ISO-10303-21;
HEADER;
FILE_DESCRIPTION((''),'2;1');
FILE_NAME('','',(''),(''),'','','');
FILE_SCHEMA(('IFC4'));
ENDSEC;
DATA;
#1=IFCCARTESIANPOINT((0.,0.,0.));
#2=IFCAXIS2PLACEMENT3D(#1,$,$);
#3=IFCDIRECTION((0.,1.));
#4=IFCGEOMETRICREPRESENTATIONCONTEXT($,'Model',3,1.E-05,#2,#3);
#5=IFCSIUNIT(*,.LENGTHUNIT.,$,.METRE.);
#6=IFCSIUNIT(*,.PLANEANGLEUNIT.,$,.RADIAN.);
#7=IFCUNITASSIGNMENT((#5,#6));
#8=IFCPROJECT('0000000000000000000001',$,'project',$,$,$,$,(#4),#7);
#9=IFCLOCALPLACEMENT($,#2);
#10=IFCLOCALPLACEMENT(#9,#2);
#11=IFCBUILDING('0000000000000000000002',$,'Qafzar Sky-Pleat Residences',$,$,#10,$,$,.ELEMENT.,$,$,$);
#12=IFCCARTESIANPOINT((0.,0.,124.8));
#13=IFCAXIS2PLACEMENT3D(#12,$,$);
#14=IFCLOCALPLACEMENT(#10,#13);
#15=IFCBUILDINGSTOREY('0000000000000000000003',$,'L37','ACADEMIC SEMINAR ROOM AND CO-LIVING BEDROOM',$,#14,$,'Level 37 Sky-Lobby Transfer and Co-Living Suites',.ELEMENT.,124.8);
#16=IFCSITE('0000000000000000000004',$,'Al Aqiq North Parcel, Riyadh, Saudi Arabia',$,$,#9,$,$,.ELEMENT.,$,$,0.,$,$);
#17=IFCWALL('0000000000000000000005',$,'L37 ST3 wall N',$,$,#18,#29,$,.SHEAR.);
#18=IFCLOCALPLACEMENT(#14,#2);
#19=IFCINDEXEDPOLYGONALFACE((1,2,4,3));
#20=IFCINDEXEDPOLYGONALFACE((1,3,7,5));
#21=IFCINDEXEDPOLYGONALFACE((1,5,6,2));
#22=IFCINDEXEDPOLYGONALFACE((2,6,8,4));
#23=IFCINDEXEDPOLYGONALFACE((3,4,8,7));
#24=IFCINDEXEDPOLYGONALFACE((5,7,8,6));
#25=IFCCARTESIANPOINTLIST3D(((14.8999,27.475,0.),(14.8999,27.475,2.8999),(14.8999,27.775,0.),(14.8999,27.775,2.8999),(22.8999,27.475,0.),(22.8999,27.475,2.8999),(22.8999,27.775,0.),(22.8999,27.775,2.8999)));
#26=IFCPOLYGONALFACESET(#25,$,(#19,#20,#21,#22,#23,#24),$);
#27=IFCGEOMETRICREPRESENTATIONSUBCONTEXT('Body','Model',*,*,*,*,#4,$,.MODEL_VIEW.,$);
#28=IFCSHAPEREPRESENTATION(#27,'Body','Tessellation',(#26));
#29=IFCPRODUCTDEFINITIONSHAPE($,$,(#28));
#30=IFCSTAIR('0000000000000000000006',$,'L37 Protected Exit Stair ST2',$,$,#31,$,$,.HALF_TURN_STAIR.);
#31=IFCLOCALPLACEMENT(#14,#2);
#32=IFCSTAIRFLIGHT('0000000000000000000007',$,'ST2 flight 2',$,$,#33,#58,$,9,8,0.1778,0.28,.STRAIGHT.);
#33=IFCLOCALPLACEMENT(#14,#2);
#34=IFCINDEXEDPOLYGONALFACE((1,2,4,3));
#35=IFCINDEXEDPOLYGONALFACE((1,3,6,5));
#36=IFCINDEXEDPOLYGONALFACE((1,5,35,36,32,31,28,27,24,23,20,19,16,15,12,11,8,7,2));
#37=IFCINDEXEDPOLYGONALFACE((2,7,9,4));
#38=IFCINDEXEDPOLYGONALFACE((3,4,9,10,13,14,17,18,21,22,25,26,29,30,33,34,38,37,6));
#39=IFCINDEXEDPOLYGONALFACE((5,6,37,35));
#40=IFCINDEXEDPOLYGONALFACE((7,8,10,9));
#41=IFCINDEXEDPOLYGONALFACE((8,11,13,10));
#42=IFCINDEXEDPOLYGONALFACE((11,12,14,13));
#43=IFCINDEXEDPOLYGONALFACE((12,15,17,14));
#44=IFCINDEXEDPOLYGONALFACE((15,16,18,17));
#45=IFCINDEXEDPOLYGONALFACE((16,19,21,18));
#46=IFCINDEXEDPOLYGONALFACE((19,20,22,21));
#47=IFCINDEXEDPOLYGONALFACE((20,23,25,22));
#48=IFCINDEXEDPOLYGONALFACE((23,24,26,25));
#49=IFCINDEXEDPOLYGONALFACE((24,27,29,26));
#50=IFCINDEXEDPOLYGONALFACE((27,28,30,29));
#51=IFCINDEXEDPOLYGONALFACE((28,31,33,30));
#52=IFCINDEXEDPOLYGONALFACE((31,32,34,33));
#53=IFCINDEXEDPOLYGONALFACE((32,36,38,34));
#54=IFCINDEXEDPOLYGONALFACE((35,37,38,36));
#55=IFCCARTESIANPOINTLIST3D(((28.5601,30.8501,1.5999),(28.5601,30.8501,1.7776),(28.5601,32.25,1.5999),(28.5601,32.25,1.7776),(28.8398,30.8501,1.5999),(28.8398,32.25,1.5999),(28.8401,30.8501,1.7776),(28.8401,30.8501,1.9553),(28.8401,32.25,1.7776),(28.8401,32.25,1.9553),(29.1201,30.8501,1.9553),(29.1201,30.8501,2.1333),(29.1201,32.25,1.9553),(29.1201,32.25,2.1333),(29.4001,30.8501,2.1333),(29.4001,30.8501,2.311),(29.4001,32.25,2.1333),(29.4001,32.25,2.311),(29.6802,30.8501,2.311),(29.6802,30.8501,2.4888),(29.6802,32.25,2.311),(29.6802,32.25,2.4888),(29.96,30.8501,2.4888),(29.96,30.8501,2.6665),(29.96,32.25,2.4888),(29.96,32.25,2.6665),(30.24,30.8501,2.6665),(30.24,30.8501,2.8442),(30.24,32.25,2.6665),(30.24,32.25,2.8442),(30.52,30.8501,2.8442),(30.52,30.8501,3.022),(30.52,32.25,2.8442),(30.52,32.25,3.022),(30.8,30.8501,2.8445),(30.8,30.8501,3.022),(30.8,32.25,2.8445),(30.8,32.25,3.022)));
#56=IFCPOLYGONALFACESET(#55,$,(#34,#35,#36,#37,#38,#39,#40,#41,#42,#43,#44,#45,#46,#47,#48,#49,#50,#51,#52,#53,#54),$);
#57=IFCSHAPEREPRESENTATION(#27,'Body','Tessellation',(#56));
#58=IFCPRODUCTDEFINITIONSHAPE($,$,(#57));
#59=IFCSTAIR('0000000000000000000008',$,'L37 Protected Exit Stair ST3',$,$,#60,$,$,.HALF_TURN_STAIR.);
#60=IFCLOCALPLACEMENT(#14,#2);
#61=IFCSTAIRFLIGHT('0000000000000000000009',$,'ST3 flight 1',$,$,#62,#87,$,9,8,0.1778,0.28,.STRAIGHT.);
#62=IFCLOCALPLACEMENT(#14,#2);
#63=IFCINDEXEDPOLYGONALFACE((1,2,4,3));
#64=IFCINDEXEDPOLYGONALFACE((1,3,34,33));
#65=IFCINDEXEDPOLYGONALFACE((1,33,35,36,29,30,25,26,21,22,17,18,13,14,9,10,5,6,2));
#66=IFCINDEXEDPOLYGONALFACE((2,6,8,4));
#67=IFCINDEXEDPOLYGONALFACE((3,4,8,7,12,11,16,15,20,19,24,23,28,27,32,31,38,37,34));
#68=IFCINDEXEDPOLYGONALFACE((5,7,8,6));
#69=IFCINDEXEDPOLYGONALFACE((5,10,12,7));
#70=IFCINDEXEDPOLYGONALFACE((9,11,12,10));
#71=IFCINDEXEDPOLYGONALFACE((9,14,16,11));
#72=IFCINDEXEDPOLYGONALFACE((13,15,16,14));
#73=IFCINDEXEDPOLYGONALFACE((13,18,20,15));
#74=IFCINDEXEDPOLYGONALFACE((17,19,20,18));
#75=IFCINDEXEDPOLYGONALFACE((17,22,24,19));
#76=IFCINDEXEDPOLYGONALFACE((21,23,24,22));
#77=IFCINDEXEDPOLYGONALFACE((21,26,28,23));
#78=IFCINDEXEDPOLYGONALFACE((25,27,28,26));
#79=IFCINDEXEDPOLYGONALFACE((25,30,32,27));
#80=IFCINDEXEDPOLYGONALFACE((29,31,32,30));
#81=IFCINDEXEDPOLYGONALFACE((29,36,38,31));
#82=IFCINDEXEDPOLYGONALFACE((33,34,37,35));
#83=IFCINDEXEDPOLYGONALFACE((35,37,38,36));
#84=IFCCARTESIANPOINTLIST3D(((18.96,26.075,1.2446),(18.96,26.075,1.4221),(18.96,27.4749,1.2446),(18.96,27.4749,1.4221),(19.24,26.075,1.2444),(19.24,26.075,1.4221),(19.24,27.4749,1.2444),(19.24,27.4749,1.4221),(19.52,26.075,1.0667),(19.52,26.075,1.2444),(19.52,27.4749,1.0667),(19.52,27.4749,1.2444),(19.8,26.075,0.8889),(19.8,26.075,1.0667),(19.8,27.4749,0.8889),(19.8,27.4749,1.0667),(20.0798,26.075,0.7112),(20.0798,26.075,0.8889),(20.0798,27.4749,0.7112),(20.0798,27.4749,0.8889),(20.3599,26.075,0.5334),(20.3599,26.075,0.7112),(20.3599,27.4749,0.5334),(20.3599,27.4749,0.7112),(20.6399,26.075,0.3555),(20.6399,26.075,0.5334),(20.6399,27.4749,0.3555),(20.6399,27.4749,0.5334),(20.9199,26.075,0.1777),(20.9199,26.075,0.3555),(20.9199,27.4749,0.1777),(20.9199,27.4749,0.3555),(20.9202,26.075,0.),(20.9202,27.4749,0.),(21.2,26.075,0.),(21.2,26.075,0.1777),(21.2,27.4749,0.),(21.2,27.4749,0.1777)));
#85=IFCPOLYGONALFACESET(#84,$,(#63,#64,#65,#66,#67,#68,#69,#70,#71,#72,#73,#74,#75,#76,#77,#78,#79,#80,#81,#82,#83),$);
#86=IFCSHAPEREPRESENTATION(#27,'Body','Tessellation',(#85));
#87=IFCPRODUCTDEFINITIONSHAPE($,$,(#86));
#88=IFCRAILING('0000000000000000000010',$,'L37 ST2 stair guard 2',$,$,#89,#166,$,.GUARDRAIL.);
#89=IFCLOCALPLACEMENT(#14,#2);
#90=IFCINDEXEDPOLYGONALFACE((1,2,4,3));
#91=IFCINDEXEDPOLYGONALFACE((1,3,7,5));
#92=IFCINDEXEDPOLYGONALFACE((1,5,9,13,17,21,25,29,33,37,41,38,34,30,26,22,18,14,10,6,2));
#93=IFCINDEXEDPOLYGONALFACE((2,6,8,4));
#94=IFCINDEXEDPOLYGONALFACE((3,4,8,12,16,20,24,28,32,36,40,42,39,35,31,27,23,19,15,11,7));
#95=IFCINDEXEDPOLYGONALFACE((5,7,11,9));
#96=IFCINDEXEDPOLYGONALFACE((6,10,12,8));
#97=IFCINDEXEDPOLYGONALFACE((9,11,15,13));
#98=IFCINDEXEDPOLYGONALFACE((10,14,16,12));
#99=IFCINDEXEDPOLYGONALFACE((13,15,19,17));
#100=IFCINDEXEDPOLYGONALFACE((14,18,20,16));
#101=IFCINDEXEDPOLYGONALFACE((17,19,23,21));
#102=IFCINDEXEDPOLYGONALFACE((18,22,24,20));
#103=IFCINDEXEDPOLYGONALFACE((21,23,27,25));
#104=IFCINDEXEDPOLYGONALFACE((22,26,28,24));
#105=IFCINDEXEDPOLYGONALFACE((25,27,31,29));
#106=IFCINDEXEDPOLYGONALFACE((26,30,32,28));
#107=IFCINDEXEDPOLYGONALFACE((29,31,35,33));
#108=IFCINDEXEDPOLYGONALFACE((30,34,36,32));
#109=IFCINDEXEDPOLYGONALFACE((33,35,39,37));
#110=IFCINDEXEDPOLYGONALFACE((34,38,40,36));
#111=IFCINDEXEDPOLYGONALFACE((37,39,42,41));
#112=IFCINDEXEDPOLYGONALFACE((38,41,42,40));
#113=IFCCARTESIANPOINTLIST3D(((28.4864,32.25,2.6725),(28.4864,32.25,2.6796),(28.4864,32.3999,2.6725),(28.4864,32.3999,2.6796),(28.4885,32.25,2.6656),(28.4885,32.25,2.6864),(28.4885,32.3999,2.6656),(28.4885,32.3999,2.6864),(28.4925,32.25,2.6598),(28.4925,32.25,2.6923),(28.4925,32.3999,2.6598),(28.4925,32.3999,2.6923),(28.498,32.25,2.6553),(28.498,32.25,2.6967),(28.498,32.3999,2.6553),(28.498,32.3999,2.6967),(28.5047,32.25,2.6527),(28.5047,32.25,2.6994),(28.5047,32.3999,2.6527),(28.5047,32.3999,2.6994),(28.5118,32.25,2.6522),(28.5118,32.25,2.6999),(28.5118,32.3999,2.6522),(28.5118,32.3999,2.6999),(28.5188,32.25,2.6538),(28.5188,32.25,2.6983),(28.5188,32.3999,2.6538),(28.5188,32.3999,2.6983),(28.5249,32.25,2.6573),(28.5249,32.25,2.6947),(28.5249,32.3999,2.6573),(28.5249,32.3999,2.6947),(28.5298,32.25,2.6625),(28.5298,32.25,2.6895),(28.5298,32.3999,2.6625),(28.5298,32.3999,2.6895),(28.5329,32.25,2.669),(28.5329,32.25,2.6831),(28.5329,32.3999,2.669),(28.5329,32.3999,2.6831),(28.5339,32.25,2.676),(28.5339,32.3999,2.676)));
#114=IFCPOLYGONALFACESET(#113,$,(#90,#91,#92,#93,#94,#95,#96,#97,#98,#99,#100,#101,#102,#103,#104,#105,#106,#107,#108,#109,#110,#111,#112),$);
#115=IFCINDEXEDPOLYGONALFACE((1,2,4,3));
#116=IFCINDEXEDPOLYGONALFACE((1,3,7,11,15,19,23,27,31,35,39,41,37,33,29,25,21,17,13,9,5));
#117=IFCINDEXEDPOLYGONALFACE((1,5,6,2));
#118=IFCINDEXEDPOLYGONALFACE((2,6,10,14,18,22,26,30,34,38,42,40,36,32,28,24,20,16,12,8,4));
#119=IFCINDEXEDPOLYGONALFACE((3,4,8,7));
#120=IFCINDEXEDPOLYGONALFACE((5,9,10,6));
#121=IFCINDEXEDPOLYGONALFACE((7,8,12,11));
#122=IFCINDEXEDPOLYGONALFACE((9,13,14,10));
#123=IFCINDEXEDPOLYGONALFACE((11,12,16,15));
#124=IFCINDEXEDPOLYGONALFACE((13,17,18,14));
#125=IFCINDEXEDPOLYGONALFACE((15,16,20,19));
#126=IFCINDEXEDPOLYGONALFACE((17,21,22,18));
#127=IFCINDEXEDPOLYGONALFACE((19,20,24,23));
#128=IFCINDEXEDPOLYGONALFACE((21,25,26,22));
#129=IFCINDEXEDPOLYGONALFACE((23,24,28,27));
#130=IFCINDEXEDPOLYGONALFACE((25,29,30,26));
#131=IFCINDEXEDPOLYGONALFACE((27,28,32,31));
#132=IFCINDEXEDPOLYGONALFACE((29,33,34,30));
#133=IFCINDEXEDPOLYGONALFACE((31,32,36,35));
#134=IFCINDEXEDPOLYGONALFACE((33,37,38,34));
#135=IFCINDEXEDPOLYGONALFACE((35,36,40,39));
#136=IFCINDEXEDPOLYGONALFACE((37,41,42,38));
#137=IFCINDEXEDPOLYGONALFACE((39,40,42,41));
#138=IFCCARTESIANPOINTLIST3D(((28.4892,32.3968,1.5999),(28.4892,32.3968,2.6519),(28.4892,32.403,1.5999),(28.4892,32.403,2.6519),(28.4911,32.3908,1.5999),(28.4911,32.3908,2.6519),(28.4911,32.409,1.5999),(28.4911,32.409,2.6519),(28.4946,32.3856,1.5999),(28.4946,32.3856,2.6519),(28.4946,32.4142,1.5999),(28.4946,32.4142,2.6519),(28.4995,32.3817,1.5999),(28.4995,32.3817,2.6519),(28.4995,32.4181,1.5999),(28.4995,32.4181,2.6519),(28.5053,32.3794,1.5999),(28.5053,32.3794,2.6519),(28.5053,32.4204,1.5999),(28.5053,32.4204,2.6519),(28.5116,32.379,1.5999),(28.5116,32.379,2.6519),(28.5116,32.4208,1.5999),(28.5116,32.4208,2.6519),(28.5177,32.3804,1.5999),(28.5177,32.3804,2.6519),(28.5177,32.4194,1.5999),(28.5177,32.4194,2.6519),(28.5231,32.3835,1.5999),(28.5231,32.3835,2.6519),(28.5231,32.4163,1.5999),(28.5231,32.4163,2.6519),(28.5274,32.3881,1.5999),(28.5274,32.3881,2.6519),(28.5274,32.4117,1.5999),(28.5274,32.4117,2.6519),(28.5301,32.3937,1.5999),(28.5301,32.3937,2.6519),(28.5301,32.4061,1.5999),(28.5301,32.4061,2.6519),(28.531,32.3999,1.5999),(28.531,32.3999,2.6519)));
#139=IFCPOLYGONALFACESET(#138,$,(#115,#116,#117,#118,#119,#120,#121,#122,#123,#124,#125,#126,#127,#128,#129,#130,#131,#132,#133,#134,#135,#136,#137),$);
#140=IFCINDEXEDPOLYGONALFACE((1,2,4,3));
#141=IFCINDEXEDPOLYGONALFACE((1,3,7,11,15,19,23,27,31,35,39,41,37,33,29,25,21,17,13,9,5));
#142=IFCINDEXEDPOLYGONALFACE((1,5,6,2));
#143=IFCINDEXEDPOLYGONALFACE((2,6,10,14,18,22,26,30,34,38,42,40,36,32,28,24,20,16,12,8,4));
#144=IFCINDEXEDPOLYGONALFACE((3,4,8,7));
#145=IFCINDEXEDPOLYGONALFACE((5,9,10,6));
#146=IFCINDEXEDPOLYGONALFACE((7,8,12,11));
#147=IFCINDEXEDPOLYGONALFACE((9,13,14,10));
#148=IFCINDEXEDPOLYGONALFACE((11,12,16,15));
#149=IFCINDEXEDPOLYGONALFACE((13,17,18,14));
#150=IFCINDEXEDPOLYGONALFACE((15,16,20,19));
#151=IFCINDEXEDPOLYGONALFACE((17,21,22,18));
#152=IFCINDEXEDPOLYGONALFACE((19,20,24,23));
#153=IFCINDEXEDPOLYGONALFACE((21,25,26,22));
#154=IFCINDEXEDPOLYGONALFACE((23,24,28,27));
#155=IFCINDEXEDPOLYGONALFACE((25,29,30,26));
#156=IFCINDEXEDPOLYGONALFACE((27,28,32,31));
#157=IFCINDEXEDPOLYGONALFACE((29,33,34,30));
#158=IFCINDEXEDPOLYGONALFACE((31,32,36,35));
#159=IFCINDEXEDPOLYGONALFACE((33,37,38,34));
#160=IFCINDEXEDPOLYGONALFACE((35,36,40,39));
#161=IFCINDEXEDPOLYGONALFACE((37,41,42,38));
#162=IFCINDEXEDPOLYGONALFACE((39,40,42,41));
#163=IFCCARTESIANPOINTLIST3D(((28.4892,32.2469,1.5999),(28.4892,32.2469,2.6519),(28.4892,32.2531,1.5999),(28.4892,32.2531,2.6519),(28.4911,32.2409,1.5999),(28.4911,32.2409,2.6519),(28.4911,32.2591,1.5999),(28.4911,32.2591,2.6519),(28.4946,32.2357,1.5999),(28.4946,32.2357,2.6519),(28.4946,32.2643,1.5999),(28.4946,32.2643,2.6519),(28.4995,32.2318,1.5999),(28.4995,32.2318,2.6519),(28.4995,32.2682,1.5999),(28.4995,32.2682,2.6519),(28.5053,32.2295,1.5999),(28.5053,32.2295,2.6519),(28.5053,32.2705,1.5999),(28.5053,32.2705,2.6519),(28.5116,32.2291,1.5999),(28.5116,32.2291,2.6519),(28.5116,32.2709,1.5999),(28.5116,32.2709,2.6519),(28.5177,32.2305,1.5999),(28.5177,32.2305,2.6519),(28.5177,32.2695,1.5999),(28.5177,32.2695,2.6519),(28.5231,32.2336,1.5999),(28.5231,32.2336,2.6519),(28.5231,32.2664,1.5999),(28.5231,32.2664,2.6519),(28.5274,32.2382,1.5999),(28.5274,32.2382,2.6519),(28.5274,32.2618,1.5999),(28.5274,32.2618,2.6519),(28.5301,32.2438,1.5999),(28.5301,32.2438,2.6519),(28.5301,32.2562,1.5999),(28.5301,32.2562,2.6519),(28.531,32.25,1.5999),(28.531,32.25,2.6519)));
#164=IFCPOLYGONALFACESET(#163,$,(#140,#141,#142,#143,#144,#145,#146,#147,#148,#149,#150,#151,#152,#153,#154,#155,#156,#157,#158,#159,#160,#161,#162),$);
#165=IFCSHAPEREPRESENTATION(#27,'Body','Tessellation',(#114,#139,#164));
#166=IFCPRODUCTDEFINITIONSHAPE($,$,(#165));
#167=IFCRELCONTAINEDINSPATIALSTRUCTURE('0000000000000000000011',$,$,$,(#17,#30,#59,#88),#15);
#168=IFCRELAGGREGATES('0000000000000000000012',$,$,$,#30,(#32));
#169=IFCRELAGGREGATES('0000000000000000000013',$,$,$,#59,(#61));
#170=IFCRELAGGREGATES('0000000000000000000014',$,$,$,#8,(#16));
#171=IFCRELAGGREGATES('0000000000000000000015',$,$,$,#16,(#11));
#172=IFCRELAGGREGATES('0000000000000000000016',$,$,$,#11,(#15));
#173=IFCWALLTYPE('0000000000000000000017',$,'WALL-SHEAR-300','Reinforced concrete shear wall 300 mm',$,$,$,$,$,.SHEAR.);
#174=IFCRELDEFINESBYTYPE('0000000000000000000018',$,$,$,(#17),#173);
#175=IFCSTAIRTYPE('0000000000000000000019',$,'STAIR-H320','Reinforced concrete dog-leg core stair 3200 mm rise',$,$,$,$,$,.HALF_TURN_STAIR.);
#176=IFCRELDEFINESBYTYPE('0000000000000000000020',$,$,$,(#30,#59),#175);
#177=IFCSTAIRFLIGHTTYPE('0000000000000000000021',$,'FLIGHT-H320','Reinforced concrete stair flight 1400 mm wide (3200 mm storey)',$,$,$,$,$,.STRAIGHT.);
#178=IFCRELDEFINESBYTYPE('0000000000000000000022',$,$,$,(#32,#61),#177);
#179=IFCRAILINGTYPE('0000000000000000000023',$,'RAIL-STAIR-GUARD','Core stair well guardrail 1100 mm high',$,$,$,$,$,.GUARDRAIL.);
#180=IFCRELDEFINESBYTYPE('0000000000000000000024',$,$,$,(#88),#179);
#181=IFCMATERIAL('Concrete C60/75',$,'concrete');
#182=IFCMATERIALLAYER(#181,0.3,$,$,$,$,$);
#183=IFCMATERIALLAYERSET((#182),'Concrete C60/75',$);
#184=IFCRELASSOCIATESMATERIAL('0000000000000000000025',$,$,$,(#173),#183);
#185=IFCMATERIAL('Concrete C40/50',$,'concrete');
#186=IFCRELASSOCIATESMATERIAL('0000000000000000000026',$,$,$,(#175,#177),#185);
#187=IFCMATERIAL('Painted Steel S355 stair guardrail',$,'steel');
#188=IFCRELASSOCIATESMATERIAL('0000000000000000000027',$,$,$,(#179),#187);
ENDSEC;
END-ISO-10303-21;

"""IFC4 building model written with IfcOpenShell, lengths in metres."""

from ifc_helpers import new_model, si_unit, direction, frame, frame_2d, origin, origin_2d, place, context, subcontext, project, spatial, polyline, rectangle, circle, outline, extrude, source, transform, mapped, material, layer, layer_set, type_object, element, aggregate, save


model = new_model("IFC4")

# Units and contexts
model_context = context("Model", 3, precision=1e-05, world=origin(), true_north=direction((0.0, 1.0)))
body_context = subcontext(model_context, "Body", "Model", "MODEL_VIEW")
ifc_project = project(units=[si_unit("LENGTHUNIT", "METRE"), si_unit("PLANEANGLEUNIT", "RADIAN")], contexts=[model_context])

# Site, building, storey
site_placement = place(None, origin())
site = spatial("IfcSite", under=ifc_project, at=site_placement, Name="Al Aqiq North Parcel, Riyadh, Saudi Arabia", CompositionType="ELEMENT", RefElevation=0.0)
building_placement = place(site_placement, origin())
building = spatial("IfcBuilding", under=site, at=building_placement, Name="Qafzar Sky-Pleat Residences", CompositionType="ELEMENT")
storey_placement = place(building_placement, frame((0.0, 0.0, 124.8)))
storey = spatial("IfcBuildingStorey", under=building, at=storey_placement, Name="L37", Description="ACADEMIC SEMINAR ROOM AND CO-LIVING BEDROOM", LongName="Level 37 Sky-Lobby Transfer and Co-Living Suites", CompositionType="ELEMENT", Elevation=124.8)

# Shared definitions
ifc_material_1 = material(Name="Concrete C60/75", Category="concrete")
ifc_layer_1 = layer(ifc_material_1, 0.3)
ifc_layer_set_1 = layer_set([ifc_layer_1], Name="Concrete C60/75")
wall_type_1 = type_object("IfcWallType", Name="WALL-SHEAR-300", Description="Reinforced concrete shear wall 300 mm", PredefinedType="SHEAR", material=ifc_layer_set_1)

# Wall
wall_1_placement = place(storey_placement, frame((22.8999, 27.625, 0.0), z_axis=(0.0, 0.0, 1.0), x_axis=(-1.0, 0.0, 0.0)))
element("IfcWall", 1, at=wall_1_placement, inside=storey, type_object=wall_type_1, Name="L37 ST3 wall N", PredefinedType="SHEAR", context=body_context, shape_type="SweptSolid", body=[
    extrude(rectangle(XDim=8.0, YDim=0.3, at=frame_2d((4.0, 0.0))), origin(), (0.0, 0.0, 1.0), 2.8999),
])

# Stairs, stair flights
ifc_material_2 = material(Name="Concrete C40/50", Category="concrete")
stair_type = type_object("IfcStairType", Name="STAIR-H320", Description="Reinforced concrete dog-leg core stair 3200 mm rise", PredefinedType="HALF_TURN_STAIR", material=ifc_material_2)
stair_1_placement = place(storey_placement, origin())
stair_1 = element("IfcStair", 2, at=stair_1_placement, inside=storey, type_object=stair_type, Name="L37 Protected Exit Stair ST2", PredefinedType="HALF_TURN_STAIR")
stair_flight_type = type_object("IfcStairFlightType", Name="FLIGHT-H320", Description="Reinforced concrete stair flight 1400 mm wide (3200 mm storey)", PredefinedType="STRAIGHT", material=ifc_material_2)
shared_shape_1 = source(origin(), body_context, "Body", "SweptSolid", [
    extrude(outline(polyline([(0.0, 0.0), (0.0, 0.1777), (0.28, 0.1777), (0.28, 0.3555), (0.5601, 0.3555), (0.5601, 0.5334), (0.8401, 0.5334), (0.8401, 0.7112), (1.1201, 0.7112), (1.1201, 0.8889), (1.3999, 0.8889), (1.3999, 1.0667), (1.6799, 1.0667), (1.6799, 1.2444), (1.96, 1.2444), (1.96, 1.4221), (2.24, 1.4221), (2.24, 1.6001), (2.24, 1.2446), (0.2798, 0.0), (0.0, 0.0)])), frame((0.0, 0.7, 0.0), z_axis=(0.0, -1.0, 0.0), x_axis=(1.0, 0.0, 0.0)), (0.0, 0.0, 1.0), 1.3999),
])
stair_flight_1_placement = place(storey_placement, frame((28.5601, 31.55, 1.5999), z_axis=(0.0, 0.0, 1.0), x_axis=(1.0, 0.0, 0.0)))
stair_flight_1 = element("IfcStairFlight", 3, at=stair_flight_1_placement, type_object=stair_flight_type, Name="ST2 flight 2", NumberOfRisers=9, NumberOfTreads=8, PredefinedType="STRAIGHT", RiserHeight=0.1778, TreadLength=0.28, context=body_context, shape_type="MappedRepresentation", body=[
    mapped(shared_shape_1, transform((0.0, 0.0, 0.0), x_axis=(1.0, 0.0, 0.0), y_axis=(0.0, 1.0, 0.0), z_axis=(0.0, 0.0, 1.0), scale=1.0)),
])
aggregate(stair_1, [stair_flight_1])
stair_2_placement = place(storey_placement, origin())
stair_2 = element("IfcStair", 4, at=stair_2_placement, inside=storey, type_object=stair_type, Name="L37 Protected Exit Stair ST3", PredefinedType="HALF_TURN_STAIR")
stair_flight_2_placement = place(storey_placement, frame((21.2, 26.7749, 0.0), z_axis=(0.0, 0.0, 1.0), x_axis=(-1.0, 0.0, 0.0)))
stair_flight_2 = element("IfcStairFlight", 5, at=stair_flight_2_placement, type_object=stair_flight_type, Name="ST3 flight 1", NumberOfRisers=9, NumberOfTreads=8, PredefinedType="STRAIGHT", RiserHeight=0.1778, TreadLength=0.28, context=body_context, shape_type="MappedRepresentation", body=[
    mapped(shared_shape_1, transform((0.0, 0.0, 0.0), x_axis=(1.0, 0.0, 0.0), y_axis=(0.0, 1.0, 0.0), z_axis=(0.0, 0.0, 1.0), scale=1.0)),
])
aggregate(stair_2, [stair_flight_2])

# Railing
ifc_material_3 = material(Name="Painted Steel S355 stair guardrail", Category="steel")
railing_type_1 = type_object("IfcRailingType", Name="RAIL-STAIR-GUARD", Description="Core stair well guardrail 1100 mm high", PredefinedType="GUARDRAIL", material=ifc_material_3)
shared_shape_2 = source(origin(), body_context, "Body", "SweptSolid", [
    extrude(circle(Radius=0.0239, at=origin_2d()), frame((0.0, 0.0, 1.0762), z_axis=(0.0, -1.0, 0.0), x_axis=(1.0, 0.0, 0.0)), (0.0, 0.0, 1.0), 0.1499),
    extrude(circle(Radius=0.021, at=origin_2d()), origin(), (0.0, 0.0, 1.0), 1.052),
    extrude(circle(Radius=0.021, at=origin_2d()), frame((0.0, -0.1499, 0.0)), (0.0, 0.0, 1.0), 1.052),
])
for number, where, name in (
    (6, (28.51, 32.3999, 1.5999), "L37 ST2 stair guard 2"),
):
    element("IfcRailing", number, at=place(storey_placement, frame(where)), inside=storey, type_object=railing_type_1, Name=name, PredefinedType="GUARDRAIL", context=body_context, shape_type="MappedRepresentation", body=[
        mapped(shared_shape_2, transform((0.0, 0.0, 0.0), x_axis=(1.0, 0.0, 0.0), y_axis=(0.0, 1.0, 0.0), z_axis=(0.0, 0.0, 1.0), scale=1.0)),
    ])

save(model, "model.ifc")
